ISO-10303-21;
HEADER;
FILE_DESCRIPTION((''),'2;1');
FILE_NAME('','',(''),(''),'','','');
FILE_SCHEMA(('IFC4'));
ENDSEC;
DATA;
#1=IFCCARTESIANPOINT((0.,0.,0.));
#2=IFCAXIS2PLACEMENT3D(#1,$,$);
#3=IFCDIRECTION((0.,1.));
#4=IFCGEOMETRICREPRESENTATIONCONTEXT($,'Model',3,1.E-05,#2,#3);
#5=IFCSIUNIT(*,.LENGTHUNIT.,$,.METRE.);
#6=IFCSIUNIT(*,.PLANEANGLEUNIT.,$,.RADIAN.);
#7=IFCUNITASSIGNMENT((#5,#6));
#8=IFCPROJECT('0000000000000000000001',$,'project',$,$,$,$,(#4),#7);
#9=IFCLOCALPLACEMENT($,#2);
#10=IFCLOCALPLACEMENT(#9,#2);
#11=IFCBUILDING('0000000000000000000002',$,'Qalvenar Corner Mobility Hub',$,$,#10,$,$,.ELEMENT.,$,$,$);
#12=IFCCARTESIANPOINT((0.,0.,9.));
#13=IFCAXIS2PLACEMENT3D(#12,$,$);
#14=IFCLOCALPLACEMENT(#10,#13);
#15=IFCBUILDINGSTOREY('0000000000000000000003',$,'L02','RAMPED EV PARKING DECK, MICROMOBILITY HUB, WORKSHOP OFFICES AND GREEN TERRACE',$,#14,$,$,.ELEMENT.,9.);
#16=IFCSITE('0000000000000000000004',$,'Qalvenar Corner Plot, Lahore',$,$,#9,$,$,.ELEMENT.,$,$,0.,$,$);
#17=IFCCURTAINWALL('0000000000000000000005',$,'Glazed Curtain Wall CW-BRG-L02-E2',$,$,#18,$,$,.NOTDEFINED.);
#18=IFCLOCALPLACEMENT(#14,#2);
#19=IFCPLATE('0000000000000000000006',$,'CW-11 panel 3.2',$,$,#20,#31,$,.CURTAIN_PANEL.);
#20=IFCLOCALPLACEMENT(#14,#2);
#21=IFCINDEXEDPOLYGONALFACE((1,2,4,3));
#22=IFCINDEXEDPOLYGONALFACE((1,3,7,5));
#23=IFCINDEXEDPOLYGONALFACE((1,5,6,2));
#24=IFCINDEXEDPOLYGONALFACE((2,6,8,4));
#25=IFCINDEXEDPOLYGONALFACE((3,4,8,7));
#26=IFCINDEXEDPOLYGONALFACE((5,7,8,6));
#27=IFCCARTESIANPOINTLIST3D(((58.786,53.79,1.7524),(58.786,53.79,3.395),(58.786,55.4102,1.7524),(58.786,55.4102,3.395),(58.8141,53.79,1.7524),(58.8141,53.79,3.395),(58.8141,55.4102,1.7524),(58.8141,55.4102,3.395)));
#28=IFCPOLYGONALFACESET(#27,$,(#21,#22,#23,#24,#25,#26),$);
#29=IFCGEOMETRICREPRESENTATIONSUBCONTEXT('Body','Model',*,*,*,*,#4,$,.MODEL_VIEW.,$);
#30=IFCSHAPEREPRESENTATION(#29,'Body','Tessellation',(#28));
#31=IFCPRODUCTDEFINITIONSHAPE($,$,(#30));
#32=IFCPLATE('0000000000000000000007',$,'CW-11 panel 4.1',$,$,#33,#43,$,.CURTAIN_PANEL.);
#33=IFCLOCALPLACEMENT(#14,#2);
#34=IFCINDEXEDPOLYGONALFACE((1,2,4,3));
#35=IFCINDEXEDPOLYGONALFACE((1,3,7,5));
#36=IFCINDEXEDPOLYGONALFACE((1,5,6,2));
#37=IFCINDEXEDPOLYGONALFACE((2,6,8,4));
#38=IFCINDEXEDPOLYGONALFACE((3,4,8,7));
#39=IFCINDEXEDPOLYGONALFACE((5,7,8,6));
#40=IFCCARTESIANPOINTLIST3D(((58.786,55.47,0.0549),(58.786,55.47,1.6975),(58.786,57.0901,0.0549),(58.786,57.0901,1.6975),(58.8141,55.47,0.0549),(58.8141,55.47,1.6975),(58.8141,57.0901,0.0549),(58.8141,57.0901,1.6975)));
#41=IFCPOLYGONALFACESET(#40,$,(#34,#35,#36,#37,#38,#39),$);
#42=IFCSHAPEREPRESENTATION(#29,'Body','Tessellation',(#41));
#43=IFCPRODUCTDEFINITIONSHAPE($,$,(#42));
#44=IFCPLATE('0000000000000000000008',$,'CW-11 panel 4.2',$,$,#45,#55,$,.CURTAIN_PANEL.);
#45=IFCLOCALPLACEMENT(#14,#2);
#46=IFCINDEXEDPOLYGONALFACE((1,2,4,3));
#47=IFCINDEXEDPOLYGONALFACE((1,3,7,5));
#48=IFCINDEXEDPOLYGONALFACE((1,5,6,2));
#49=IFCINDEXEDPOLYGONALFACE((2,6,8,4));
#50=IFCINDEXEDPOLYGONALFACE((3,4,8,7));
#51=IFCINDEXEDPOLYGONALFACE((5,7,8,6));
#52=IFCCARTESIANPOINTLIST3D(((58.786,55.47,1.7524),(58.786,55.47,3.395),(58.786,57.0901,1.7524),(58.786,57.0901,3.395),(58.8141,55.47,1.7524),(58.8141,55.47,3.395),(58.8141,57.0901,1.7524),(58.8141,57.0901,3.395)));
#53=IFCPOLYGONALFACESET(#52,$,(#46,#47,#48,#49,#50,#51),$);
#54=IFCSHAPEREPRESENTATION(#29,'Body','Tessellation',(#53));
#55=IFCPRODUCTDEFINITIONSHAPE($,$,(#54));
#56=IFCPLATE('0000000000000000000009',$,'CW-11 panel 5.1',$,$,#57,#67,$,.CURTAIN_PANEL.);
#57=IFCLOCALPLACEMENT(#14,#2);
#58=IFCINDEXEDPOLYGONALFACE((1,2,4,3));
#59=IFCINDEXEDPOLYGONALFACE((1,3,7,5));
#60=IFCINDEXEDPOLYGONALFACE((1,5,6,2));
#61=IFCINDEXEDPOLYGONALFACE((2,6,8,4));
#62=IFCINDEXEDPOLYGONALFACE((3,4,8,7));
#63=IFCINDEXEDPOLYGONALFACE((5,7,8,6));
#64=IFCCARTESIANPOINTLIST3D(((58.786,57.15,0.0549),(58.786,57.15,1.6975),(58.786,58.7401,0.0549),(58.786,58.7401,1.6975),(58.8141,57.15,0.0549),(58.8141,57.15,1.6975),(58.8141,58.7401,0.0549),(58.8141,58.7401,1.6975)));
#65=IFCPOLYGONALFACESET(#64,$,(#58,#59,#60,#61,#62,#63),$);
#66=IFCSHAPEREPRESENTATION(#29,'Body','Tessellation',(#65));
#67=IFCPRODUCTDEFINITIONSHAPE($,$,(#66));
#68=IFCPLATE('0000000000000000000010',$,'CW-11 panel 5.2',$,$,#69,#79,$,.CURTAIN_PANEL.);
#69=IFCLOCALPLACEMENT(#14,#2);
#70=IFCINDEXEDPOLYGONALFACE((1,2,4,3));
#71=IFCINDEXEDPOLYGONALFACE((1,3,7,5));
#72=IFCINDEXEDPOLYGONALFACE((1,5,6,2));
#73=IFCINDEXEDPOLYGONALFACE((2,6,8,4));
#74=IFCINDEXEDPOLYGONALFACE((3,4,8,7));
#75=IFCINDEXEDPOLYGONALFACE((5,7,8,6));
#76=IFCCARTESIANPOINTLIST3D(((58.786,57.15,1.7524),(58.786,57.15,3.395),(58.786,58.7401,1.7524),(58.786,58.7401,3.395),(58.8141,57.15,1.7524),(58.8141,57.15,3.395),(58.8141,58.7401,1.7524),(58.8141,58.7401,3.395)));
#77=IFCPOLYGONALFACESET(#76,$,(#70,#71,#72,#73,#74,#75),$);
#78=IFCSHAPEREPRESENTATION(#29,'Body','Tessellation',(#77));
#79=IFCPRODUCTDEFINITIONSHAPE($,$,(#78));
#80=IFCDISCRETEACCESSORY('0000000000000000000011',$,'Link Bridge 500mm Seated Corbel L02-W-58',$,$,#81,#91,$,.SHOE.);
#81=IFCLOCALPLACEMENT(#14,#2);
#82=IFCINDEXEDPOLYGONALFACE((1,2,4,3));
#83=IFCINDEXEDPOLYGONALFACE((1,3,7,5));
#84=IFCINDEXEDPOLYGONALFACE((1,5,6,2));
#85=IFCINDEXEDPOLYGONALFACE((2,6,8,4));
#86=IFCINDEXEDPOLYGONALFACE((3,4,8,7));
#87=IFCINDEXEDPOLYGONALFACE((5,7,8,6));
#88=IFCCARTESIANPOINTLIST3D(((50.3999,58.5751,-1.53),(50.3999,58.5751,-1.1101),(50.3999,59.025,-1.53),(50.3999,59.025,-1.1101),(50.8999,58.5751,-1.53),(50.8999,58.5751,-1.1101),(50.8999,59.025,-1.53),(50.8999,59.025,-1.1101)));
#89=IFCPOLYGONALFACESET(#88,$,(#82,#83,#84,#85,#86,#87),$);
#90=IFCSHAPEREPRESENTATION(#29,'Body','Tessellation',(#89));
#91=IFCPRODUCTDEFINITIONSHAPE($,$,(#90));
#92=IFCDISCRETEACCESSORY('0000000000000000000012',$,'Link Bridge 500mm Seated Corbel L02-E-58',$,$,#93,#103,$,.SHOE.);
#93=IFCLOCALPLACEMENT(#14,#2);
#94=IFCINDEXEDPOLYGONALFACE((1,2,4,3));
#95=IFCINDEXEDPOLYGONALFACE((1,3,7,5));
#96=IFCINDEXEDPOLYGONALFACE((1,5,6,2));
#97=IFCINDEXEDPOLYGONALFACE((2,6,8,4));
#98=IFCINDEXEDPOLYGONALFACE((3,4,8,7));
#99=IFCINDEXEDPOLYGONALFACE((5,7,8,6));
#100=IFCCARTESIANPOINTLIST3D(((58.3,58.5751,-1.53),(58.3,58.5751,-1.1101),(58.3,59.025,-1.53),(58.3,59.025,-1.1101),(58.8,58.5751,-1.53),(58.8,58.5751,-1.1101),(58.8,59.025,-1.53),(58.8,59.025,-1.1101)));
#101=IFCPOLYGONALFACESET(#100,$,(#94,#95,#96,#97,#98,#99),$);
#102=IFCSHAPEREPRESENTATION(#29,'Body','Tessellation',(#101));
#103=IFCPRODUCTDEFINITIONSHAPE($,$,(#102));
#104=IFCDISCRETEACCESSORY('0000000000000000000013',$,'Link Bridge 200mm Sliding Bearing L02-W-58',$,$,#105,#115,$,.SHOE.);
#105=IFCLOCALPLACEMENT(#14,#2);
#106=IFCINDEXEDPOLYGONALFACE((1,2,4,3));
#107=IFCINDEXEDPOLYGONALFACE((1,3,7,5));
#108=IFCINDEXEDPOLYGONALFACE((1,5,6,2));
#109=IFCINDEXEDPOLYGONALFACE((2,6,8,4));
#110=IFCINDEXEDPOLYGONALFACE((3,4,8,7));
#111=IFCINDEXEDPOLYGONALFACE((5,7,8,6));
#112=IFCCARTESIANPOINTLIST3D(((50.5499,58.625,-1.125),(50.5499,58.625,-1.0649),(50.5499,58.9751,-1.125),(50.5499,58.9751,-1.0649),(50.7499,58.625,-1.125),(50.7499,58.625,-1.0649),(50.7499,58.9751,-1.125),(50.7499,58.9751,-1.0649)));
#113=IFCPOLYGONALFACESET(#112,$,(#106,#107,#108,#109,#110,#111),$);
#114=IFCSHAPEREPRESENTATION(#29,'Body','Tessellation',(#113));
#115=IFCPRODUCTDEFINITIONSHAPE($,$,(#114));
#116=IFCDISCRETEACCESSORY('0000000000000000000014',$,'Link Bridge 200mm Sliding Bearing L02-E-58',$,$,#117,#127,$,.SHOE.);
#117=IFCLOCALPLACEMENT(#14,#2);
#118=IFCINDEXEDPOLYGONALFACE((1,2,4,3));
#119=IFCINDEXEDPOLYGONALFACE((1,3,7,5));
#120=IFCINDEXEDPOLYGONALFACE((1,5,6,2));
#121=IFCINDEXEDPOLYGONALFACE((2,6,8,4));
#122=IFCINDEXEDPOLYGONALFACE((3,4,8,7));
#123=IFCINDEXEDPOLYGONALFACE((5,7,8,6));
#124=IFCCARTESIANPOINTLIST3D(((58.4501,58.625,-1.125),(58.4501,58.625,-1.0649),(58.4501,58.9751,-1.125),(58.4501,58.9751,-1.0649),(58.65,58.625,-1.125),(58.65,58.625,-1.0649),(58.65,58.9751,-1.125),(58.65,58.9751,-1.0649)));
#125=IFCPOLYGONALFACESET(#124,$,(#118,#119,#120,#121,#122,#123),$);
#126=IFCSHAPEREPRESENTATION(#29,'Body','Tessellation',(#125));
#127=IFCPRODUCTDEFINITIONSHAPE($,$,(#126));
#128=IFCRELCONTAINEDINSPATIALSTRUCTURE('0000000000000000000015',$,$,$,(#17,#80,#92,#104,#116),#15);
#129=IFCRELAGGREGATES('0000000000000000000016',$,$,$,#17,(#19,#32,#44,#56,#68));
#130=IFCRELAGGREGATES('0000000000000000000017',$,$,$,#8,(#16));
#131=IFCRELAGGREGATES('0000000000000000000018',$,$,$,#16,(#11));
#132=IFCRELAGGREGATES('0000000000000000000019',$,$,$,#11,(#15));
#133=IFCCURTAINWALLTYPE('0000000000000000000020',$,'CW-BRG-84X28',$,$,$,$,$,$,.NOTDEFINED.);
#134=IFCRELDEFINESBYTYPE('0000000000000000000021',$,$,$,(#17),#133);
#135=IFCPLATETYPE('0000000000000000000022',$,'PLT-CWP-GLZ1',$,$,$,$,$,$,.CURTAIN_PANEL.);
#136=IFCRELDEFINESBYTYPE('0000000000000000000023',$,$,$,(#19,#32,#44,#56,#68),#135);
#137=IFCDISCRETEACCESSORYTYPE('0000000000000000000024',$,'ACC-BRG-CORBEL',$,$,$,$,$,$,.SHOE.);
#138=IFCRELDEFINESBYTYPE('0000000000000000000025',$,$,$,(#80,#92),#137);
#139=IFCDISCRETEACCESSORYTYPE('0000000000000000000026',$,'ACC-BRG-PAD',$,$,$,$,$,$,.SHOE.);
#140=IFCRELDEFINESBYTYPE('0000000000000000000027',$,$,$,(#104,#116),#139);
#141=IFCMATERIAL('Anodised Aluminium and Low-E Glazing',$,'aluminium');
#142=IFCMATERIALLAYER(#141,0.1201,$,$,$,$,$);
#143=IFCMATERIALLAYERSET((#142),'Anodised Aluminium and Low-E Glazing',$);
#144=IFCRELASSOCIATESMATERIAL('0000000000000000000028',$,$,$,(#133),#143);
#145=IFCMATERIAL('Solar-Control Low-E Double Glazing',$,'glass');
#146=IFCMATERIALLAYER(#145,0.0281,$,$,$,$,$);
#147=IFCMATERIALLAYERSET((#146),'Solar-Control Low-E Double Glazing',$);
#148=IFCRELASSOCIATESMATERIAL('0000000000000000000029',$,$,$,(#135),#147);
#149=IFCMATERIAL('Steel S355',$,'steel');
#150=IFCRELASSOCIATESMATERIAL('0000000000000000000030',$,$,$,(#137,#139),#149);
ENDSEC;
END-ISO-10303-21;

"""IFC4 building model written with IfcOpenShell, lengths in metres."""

from ifc_helpers import new_model, si_unit, direction, frame, origin, origin_2d, place, context, subcontext, project, spatial, rectangle, extrude, material, layer, layer_set, type_object, element, aggregate, save


model = new_model("IFC4")

# Units and contexts
model_context = context("Model", 3, precision=1e-05, world=origin(), true_north=direction((0.0, 1.0)))
body_context = subcontext(model_context, "Body", "Model", "MODEL_VIEW")
ifc_project = project(units=[si_unit("LENGTHUNIT", "METRE"), si_unit("PLANEANGLEUNIT", "RADIAN")], contexts=[model_context])

# Site, building, storey
site_placement = place(None, origin())
site = spatial("IfcSite", under=ifc_project, at=site_placement, Name="Qalvenar Corner Plot, Lahore", CompositionType="ELEMENT", RefElevation=0.0)
building_placement = place(site_placement, origin())
building = spatial("IfcBuilding", under=site, at=building_placement, Name="Qalvenar Corner Mobility Hub", CompositionType="ELEMENT")
storey_placement = place(building_placement, frame((0.0, 0.0, 9.0)))
storey = spatial("IfcBuildingStorey", under=building, at=storey_placement, Name="L02", Description="RAMPED EV PARKING DECK, MICROMOBILITY HUB, WORKSHOP OFFICES AND GREEN TERRACE", CompositionType="ELEMENT", Elevation=9.0)

# Shared definitions
ifc_material_1 = material(Name="Steel S355", Category="steel")

# Curtain wall, plates
ifc_material_2 = material(Name="Anodised Aluminium and Low-E Glazing", Category="aluminium")
ifc_layer_1 = layer(ifc_material_2, 0.1201)
ifc_layer_set_1 = layer_set([ifc_layer_1], Name="Anodised Aluminium and Low-E Glazing")
curtain_wall_type = type_object("IfcCurtainWallType", Name="CW-BRG-84X28", PredefinedType="NOTDEFINED", material=ifc_layer_set_1)
curtain_wall_placement = place(storey_placement, origin())
curtain_wall = element("IfcCurtainWall", 1, at=curtain_wall_placement, inside=storey, type_object=curtain_wall_type, Name="Glazed Curtain Wall CW-BRG-L02-E2", PredefinedType="NOTDEFINED")
ifc_material_3 = material(Name="Solar-Control Low-E Double Glazing", Category="glass")
ifc_layer_2 = layer(ifc_material_3, 0.0281)
ifc_layer_set_2 = layer_set([ifc_layer_2], Name="Solar-Control Low-E Double Glazing")
plate_type = type_object("IfcPlateType", Name="PLT-CWP-GLZ1", PredefinedType="CURTAIN_PANEL", material=ifc_layer_set_2)
plate_1_placement = place(storey_placement, frame((58.8, 54.6001, 1.7524), z_axis=(0.0, 0.0, 1.0), x_axis=(0.0, 1.0, 0.0)))
plate_1 = element("IfcPlate", 2, at=plate_1_placement, type_object=plate_type, Name="CW-11 panel 3.2", PredefinedType="CURTAIN_PANEL", context=body_context, shape_type="SweptSolid", body=[
    extrude(rectangle(XDim=1.6201, YDim=0.0281, at=origin_2d()), origin(), (0.0, 0.0, 1.0), 1.6426),
])
plate_2_placement = place(storey_placement, frame((58.8, 56.28, 0.0549), z_axis=(0.0, 0.0, 1.0), x_axis=(0.0, 1.0, 0.0)))
plate_2 = element("IfcPlate", 3, at=plate_2_placement, type_object=plate_type, Name="CW-11 panel 4.1", PredefinedType="CURTAIN_PANEL", context=body_context, shape_type="SweptSolid", body=[
    extrude(rectangle(XDim=1.6201, YDim=0.0281, at=origin_2d()), origin(), (0.0, 0.0, 1.0), 1.6426),
])
plate_3_placement = place(storey_placement, frame((58.8, 56.28, 1.7524), z_axis=(0.0, 0.0, 1.0), x_axis=(0.0, 1.0, 0.0)))
plate_3 = element("IfcPlate", 4, at=plate_3_placement, type_object=plate_type, Name="CW-11 panel 4.2", PredefinedType="CURTAIN_PANEL", context=body_context, shape_type="SweptSolid", body=[
    extrude(rectangle(XDim=1.6201, YDim=0.0281, at=origin_2d()), origin(), (0.0, 0.0, 1.0), 1.6426),
])
plate_4_placement = place(storey_placement, frame((58.8, 57.9451, 0.0549), z_axis=(0.0, 0.0, 1.0), x_axis=(0.0, 1.0, 0.0)))
plate_4 = element("IfcPlate", 5, at=plate_4_placement, type_object=plate_type, Name="CW-11 panel 5.1", PredefinedType="CURTAIN_PANEL", context=body_context, shape_type="SweptSolid", body=[
    extrude(rectangle(XDim=1.5901, YDim=0.0281, at=origin_2d()), origin(), (0.0, 0.0, 1.0), 1.6426),
])
plate_5_placement = place(storey_placement, frame((58.8, 57.9451, 1.7524), z_axis=(0.0, 0.0, 1.0), x_axis=(0.0, 1.0, 0.0)))
plate_5 = element("IfcPlate", 6, at=plate_5_placement, type_object=plate_type, Name="CW-11 panel 5.2", PredefinedType="CURTAIN_PANEL", context=body_context, shape_type="SweptSolid", body=[
    extrude(rectangle(XDim=1.5901, YDim=0.0281, at=origin_2d()), origin(), (0.0, 0.0, 1.0), 1.6426),
])
aggregate(curtain_wall, [plate_1, plate_2, plate_3, plate_4, plate_5])

# Discrete accessories
discrete_accessory_type_1 = type_object("IfcDiscreteAccessoryType", Name="ACC-BRG-CORBEL", PredefinedType="SHOE", material=ifc_material_1)
for number, where, z_axis, x_axis, name in (
    (7, (50.6499, 58.8, -1.53), (0.0, 0.0, 1.0), (1.0, 0.0, 0.0), "Link Bridge 500mm Seated Corbel L02-W-58"),
    (8, (58.55, 58.8, -1.53), (0.0, 0.0, 1.0), (1.0, 0.0, 0.0), "Link Bridge 500mm Seated Corbel L02-E-58"),
):
    element("IfcDiscreteAccessory", number, at=place(storey_placement, frame(where, z_axis=z_axis, x_axis=x_axis)), inside=storey, type_object=discrete_accessory_type_1, Name=name, PredefinedType="SHOE", context=body_context, shape_type="SweptSolid", body=[
        extrude(rectangle(XDim=0.5, YDim=0.45, at=origin_2d()), origin(), (0.0, 0.0, 1.0), 0.4199),
    ])
discrete_accessory_type_2 = type_object("IfcDiscreteAccessoryType", Name="ACC-BRG-PAD", PredefinedType="SHOE", material=ifc_material_1)
for number, where, z_axis, x_axis, name in (
    (9, (50.6499, 58.8, -1.125), (0.0, 0.0, 1.0), (1.0, 0.0, 0.0), "Link Bridge 200mm Sliding Bearing L02-W-58"),
    (10, (58.55, 58.8, -1.125), (0.0, 0.0, 1.0), (1.0, 0.0, 0.0), "Link Bridge 200mm Sliding Bearing L02-E-58"),
):
    element("IfcDiscreteAccessory", number, at=place(storey_placement, frame(where, z_axis=z_axis, x_axis=x_axis)), inside=storey, type_object=discrete_accessory_type_2, Name=name, PredefinedType="SHOE", context=body_context, shape_type="SweptSolid", body=[
        extrude(rectangle(XDim=0.2, YDim=0.3501, at=origin_2d()), origin(), (0.0, 0.0, 1.0), 0.0601),
    ])

save(model, "model.ifc")
